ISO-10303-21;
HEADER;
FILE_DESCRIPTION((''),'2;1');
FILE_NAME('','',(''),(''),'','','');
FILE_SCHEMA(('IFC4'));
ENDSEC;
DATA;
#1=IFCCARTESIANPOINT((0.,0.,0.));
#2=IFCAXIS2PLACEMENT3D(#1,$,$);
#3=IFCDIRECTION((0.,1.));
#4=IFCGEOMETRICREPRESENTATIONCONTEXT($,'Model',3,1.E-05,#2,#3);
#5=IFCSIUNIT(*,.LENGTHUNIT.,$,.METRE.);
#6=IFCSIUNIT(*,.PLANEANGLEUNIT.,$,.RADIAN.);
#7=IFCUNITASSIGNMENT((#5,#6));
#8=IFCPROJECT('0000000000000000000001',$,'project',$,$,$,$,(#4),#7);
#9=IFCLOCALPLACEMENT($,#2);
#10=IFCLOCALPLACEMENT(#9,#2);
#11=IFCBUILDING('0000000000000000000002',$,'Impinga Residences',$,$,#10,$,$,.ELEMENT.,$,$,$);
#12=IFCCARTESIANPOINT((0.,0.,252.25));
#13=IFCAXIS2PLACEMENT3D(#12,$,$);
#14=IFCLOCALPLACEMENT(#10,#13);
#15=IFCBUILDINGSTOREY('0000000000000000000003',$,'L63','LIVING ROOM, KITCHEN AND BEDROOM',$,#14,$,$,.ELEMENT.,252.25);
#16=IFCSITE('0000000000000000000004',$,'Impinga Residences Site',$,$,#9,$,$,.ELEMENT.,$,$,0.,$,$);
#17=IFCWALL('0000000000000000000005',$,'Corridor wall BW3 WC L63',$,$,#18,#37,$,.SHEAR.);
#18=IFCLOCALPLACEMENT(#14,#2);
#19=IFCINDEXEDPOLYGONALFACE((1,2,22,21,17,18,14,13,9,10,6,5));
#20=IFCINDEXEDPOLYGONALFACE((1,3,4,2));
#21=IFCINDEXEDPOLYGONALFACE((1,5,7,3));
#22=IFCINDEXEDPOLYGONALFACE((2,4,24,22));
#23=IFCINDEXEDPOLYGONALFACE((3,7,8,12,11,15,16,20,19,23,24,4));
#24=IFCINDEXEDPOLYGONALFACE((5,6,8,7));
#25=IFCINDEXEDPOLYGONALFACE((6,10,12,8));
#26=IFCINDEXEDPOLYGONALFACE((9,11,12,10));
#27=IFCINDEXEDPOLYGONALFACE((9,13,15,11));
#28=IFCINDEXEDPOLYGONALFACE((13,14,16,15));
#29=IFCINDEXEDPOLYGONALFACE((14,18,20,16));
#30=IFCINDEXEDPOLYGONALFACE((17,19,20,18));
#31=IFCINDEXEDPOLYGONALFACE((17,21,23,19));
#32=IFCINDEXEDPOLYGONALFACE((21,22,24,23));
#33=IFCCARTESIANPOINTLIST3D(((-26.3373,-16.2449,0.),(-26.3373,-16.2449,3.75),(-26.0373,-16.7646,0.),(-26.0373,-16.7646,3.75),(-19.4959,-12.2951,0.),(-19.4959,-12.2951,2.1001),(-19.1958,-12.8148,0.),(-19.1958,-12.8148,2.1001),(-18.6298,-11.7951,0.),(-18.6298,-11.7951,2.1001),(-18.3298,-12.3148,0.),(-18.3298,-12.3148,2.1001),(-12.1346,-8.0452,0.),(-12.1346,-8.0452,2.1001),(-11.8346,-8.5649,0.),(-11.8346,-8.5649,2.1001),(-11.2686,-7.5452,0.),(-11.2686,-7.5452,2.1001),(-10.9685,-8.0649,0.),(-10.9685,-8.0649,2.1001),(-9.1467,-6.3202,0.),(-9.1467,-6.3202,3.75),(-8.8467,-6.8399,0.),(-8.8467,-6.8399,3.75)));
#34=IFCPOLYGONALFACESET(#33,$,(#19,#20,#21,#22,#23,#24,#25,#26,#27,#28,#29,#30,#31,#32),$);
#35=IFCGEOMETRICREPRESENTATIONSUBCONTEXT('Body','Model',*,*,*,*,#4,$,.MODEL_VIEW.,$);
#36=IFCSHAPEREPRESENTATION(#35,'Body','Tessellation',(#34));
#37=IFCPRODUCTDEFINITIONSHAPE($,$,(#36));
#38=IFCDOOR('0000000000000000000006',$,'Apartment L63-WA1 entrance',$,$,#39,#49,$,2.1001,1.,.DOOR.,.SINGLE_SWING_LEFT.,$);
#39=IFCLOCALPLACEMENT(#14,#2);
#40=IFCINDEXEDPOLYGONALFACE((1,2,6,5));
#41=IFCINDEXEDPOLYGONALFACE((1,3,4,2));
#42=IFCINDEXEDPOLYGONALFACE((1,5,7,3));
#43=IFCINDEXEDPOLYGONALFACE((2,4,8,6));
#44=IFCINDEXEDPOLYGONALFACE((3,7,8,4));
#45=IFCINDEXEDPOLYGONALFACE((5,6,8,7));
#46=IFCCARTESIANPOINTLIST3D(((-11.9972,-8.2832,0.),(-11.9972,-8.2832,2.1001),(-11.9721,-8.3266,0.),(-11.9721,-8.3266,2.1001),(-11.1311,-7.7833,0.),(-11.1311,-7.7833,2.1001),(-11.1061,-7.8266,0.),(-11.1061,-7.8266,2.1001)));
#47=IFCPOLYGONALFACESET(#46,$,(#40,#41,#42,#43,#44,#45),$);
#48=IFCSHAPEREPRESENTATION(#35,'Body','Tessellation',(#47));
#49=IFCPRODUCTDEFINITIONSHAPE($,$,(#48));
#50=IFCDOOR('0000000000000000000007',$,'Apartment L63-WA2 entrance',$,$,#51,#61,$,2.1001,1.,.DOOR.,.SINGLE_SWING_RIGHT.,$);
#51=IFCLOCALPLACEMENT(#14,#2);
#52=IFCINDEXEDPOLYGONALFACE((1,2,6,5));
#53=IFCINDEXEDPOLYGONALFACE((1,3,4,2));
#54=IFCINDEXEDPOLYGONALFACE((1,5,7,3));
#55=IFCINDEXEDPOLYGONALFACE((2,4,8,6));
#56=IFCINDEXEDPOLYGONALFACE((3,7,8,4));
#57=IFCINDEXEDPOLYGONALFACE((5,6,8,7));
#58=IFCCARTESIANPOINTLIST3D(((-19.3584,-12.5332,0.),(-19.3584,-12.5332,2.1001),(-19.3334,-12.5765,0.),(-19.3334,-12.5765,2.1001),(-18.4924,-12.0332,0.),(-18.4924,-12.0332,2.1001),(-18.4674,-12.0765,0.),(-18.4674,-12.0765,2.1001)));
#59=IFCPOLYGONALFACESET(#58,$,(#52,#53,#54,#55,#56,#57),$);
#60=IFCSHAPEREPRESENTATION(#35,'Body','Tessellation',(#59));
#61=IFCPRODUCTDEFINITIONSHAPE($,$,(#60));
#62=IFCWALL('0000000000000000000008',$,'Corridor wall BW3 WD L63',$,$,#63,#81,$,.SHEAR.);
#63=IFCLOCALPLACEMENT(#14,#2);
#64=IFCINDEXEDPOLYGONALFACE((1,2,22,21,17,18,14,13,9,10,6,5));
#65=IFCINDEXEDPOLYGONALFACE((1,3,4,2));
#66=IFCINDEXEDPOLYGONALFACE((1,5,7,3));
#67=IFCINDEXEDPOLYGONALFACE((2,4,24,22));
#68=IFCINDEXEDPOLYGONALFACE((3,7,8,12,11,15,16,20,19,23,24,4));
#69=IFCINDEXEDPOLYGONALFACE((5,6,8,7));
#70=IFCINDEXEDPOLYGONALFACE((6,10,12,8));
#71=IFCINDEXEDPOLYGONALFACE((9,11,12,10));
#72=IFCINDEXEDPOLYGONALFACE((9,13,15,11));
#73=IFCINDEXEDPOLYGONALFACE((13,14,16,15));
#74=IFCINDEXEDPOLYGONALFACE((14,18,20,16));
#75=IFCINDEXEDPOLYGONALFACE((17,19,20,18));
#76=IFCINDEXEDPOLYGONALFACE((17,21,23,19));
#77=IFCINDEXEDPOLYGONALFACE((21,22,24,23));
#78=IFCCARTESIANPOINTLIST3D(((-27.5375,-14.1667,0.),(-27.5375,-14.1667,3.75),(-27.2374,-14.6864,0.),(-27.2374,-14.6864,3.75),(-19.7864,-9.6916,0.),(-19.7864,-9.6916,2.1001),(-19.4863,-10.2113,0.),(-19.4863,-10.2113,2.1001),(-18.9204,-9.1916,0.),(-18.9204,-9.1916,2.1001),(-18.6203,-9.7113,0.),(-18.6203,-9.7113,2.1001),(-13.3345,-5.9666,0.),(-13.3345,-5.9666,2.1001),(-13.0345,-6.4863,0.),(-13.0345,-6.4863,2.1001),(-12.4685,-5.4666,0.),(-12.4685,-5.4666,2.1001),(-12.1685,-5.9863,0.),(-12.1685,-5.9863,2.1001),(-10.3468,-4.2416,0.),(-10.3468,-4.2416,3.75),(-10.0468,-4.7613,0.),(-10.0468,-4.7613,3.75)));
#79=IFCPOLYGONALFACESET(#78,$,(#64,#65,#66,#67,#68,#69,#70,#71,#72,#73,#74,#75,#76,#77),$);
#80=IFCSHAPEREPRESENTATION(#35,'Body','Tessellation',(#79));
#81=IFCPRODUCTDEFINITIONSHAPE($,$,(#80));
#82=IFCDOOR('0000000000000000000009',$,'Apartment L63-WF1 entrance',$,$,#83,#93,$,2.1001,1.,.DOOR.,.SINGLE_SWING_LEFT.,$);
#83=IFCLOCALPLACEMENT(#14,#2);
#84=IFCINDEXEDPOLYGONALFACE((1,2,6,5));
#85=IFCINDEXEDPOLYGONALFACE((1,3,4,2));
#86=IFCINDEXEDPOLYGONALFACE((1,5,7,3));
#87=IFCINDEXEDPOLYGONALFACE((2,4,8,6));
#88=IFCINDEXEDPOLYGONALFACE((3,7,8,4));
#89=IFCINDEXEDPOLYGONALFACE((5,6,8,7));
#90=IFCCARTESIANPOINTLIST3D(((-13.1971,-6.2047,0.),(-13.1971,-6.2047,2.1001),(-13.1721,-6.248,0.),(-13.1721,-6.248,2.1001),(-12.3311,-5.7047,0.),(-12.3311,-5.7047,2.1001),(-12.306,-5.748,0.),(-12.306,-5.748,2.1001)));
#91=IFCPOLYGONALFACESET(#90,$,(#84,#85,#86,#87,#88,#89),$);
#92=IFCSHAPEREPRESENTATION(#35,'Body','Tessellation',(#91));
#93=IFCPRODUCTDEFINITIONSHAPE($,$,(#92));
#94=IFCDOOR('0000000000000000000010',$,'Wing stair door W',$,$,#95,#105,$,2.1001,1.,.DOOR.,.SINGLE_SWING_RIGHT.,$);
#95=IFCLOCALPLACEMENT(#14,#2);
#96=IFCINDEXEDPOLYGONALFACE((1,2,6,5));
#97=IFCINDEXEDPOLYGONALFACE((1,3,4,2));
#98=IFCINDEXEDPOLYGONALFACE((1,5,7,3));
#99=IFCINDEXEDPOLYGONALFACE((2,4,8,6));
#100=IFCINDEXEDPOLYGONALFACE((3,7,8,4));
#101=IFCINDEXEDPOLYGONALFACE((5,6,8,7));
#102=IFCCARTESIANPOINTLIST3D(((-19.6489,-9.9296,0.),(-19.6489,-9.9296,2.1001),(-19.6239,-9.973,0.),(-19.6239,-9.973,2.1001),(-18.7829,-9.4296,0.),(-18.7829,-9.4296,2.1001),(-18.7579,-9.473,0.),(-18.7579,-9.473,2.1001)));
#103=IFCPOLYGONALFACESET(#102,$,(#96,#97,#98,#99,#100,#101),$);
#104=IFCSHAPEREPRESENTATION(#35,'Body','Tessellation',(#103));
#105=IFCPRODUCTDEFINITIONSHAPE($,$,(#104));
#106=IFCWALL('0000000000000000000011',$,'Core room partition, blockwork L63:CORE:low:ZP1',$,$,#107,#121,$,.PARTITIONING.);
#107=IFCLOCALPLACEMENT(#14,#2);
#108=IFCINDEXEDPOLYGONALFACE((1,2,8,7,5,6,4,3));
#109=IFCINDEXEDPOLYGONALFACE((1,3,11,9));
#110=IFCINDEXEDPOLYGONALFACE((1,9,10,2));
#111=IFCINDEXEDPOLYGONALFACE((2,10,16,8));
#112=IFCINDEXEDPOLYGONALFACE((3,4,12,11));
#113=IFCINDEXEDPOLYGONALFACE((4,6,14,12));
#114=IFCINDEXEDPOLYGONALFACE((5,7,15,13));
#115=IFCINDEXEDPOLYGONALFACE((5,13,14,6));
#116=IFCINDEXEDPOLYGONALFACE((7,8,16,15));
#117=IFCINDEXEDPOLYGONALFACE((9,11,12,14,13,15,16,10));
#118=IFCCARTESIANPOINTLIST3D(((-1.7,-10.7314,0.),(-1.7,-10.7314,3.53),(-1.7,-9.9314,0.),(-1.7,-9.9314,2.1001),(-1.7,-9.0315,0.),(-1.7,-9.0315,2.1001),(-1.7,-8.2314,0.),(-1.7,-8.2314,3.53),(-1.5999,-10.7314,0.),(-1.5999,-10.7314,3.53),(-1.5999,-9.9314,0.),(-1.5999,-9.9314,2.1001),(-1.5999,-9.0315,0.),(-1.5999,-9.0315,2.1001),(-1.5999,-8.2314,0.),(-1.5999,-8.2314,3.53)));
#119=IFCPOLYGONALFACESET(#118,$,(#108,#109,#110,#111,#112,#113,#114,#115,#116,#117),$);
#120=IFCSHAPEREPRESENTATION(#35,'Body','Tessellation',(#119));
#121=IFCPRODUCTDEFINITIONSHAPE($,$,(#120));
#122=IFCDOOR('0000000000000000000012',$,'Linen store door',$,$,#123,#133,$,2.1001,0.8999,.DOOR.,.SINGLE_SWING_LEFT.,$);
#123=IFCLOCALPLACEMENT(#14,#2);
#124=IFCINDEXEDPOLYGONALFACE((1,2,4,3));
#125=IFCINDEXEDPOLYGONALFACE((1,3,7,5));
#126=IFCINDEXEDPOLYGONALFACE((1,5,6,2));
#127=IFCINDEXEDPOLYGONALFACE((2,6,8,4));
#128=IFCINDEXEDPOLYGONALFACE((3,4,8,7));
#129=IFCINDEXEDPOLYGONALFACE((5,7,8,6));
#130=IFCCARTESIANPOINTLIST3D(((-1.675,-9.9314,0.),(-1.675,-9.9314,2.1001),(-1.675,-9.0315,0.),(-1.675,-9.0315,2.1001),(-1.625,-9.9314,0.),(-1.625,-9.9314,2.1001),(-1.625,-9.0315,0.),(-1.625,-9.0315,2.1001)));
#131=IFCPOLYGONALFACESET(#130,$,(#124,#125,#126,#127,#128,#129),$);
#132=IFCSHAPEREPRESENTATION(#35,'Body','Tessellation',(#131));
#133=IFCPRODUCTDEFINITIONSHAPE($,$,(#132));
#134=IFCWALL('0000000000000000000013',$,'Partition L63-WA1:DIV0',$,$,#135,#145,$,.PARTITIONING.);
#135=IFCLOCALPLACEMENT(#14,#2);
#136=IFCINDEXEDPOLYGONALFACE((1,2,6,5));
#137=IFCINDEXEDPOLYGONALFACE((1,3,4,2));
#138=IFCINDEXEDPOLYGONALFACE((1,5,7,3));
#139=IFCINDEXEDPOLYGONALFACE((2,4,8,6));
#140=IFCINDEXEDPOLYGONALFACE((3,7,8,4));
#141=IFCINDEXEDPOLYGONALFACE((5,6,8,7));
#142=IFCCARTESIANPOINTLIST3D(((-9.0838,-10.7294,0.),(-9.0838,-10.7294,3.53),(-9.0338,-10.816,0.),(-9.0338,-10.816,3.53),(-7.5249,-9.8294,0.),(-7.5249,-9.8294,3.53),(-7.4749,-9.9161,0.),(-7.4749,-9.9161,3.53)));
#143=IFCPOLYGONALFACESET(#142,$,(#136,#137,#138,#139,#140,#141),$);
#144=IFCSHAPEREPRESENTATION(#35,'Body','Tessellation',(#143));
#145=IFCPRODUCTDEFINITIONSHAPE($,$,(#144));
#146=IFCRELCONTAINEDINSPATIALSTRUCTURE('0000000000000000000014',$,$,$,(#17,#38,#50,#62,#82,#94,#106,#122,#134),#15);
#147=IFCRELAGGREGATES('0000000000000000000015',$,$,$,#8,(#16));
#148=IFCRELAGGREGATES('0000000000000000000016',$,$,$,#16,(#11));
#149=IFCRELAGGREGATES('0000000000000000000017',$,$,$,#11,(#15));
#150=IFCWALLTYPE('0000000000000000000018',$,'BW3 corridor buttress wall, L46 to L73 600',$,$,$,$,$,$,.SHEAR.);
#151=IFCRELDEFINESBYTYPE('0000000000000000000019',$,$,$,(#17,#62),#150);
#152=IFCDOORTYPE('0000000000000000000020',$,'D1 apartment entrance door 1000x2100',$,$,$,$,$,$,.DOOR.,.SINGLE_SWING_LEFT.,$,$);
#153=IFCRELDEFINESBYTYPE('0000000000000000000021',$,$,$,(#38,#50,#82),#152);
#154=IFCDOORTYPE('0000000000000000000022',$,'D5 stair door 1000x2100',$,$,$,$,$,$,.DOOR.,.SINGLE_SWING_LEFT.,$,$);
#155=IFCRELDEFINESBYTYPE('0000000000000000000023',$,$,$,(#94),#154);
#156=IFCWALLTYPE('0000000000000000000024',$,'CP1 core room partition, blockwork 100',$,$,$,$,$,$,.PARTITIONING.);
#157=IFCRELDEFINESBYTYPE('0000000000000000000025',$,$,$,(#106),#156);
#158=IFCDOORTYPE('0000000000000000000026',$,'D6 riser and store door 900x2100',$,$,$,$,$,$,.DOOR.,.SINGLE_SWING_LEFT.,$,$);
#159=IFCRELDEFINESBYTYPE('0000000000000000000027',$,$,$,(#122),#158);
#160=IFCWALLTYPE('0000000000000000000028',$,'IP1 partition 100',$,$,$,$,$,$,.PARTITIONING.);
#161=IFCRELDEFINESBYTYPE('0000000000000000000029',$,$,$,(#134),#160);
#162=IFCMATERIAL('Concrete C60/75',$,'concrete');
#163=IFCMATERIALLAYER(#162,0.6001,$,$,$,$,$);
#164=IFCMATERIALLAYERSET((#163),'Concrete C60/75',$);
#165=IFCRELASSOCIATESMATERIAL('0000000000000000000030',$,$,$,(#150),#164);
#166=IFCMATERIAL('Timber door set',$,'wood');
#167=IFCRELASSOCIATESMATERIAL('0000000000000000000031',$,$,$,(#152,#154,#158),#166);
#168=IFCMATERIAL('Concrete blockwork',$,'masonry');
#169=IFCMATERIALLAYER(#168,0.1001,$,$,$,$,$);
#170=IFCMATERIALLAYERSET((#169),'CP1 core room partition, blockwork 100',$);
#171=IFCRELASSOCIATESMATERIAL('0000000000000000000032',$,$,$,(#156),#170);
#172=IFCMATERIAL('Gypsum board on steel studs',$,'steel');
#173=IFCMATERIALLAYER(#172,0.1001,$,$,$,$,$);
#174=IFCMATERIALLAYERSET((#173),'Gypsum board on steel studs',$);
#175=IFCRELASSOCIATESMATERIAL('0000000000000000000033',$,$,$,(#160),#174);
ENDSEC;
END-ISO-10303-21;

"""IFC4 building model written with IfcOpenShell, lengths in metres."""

from ifc_helpers import new_model, si_unit, direction, frame, frame_2d, origin, place, context, subcontext, project, spatial, rectangle, extrude, material, layer, layer_set, type_object, element, fill, save


model = new_model("IFC4")

# Units and contexts
model_context = context("Model", 3, precision=1e-05, world=origin(), true_north=direction((0.0, 1.0)))
body_context = subcontext(model_context, "Body", "Model", "MODEL_VIEW")
ifc_project = project(units=[si_unit("LENGTHUNIT", "METRE"), si_unit("PLANEANGLEUNIT", "RADIAN")], contexts=[model_context])

# Site, building, storey
site_placement = place(None, origin())
site = spatial("IfcSite", under=ifc_project, at=site_placement, Name="Impinga Residences Site", CompositionType="ELEMENT", RefElevation=0.0)
building_placement = place(site_placement, origin())
building = spatial("IfcBuilding", under=site, at=building_placement, Name="Impinga Residences", CompositionType="ELEMENT")
storey_placement = place(building_placement, frame((0.0, 0.0, 252.25)))
storey = spatial("IfcBuildingStorey", under=building, at=storey_placement, Name="L63", Description="LIVING ROOM, KITCHEN AND BEDROOM", CompositionType="ELEMENT", Elevation=252.25)

# Walls, openings, doors
ifc_material_1 = material(Name="Concrete C60/75", Category="concrete")
ifc_layer_1 = layer(ifc_material_1, 0.6001)
ifc_layer_set_1 = layer_set([ifc_layer_1], Name="Concrete C60/75")
wall_type_1 = type_object("IfcWallType", Name="BW3 corridor buttress wall, L46 to L73 600", PredefinedType="SHEAR", material=ifc_layer_set_1)
wall_1_placement = place(storey_placement, frame((-8.9968, -6.5801, 0.0), z_axis=(0.0, 0.0, 1.0), x_axis=(-0.866031, -0.499991, 0.0)))
wall_1 = element("IfcWall", 1, at=wall_1_placement, inside=storey, type_object=wall_type_1, Name="Corridor wall BW3 WC L63", PredefinedType="SHEAR", context=body_context, shape_type="SweptSolid", body=[
    extrude(rectangle(XDim=19.8499, YDim=0.6001, at=frame_2d((9.9248, 0.0))), origin(), (0.0, 0.0, 1.0), 3.75),
])
opening_1_placement = place(wall_1_placement, frame((2.45, 0.0, 0.0)))
opening_1 = element("IfcOpeningElement", 2, at=opening_1_placement, cuts=wall_1, PredefinedType="OPENING", context=body_context, shape_type="SweptSolid", body=[
    extrude(rectangle(XDim=1.0, YDim=2.1001, at=frame_2d((0.5, 1.05))), frame((0.0, 0.3101, 0.0), z_axis=(0.0, -1.0, 0.0), x_axis=(1.0, 0.0, 0.0)), (0.0, 0.0, 1.0), 0.6201),
])
opening_2_placement = place(wall_1_placement, frame((10.95, 0.0, 0.0)))
opening_2 = element("IfcOpeningElement", 3, at=opening_2_placement, cuts=wall_1, PredefinedType="OPENING", context=body_context, shape_type="SweptSolid", body=[
    extrude(rectangle(XDim=1.0, YDim=2.1001, at=frame_2d((0.5, 1.05))), frame((0.0, 0.3101, 0.0), z_axis=(0.0, -1.0, 0.0), x_axis=(1.0, 0.0, 0.0)), (0.0, 0.0, 1.0), 0.6201),
])
ifc_material_2 = material(Name="Timber door set", Category="wood")
door_type_1 = type_object("IfcDoorType", Name="D1 apartment entrance door 1000x2100", OperationType="SINGLE_SWING_LEFT", PredefinedType="DOOR", material=ifc_material_2)
door_1_placement = place(opening_1_placement, origin())
door_1 = element("IfcDoor", 4, at=door_1_placement, inside=storey, type_object=door_type_1, Name="Apartment L63-WA1 entrance", OperationType="SINGLE_SWING_LEFT", OverallHeight=2.1001, OverallWidth=1.0, PredefinedType="DOOR", context=body_context, shape_type="SweptSolid", body=[
    extrude(rectangle(XDim=1.0, YDim=2.1001, at=frame_2d((0.5, 1.05))), frame((0.0, 0.0249, 0.0), z_axis=(0.0, -1.0, 0.0), x_axis=(1.0, 0.0, 0.0)), (0.0, 0.0, 1.0), 0.05),
])
fill(opening_1, door_1)
door_2_placement = place(opening_2_placement, origin())
door_2 = element("IfcDoor", 5, at=door_2_placement, inside=storey, type_object=door_type_1, Name="Apartment L63-WA2 entrance", OperationType="SINGLE_SWING_RIGHT", OverallHeight=2.1001, OverallWidth=1.0, PredefinedType="DOOR", context=body_context, shape_type="SweptSolid", body=[
    extrude(rectangle(XDim=1.0, YDim=2.1001, at=frame_2d((0.5, 1.05))), frame((0.0, 0.0249, 0.0), z_axis=(0.0, -1.0, 0.0), x_axis=(1.0, 0.0, 0.0)), (0.0, 0.0, 1.0), 0.05),
])
fill(opening_2, door_2)
wall_2_placement = place(storey_placement, frame((-10.1968, -4.5015, 0.0), z_axis=(0.0, 0.0, 1.0), x_axis=(-0.866025, -0.5, 0.0)))
wall_2 = element("IfcWall", 6, at=wall_2_placement, inside=storey, type_object=wall_type_1, Name="Corridor wall BW3 WD L63", PredefinedType="SHEAR", context=body_context, shape_type="SweptSolid", body=[
    extrude(rectangle(XDim=19.8501, YDim=0.6001, at=frame_2d((9.925, 0.0))), origin(), (0.0, 0.0, 1.0), 3.75),
])
opening_3_placement = place(wall_2_placement, frame((9.8999, 0.0, 0.0)))
opening_3 = element("IfcOpeningElement", 7, at=opening_3_placement, cuts=wall_2, PredefinedType="OPENING", context=body_context, shape_type="SweptSolid", body=[
    extrude(rectangle(XDim=1.0, YDim=2.1001, at=frame_2d((0.5, 1.05))), frame((0.0, 0.3101, 0.0), z_axis=(0.0, -1.0, 0.0), x_axis=(1.0, 0.0, 0.0)), (0.0, 0.0, 1.0), 0.6201),
])
opening_4_placement = place(wall_2_placement, frame((2.45, 0.0, 0.0)))
opening_4 = element("IfcOpeningElement", 8, at=opening_4_placement, cuts=wall_2, PredefinedType="OPENING", context=body_context, shape_type="SweptSolid", body=[
    extrude(rectangle(XDim=1.0, YDim=2.1001, at=frame_2d((0.5, 1.05))), frame((0.0, 0.3101, 0.0), z_axis=(0.0, -1.0, 0.0), x_axis=(1.0, 0.0, 0.0)), (0.0, 0.0, 1.0), 0.6201),
])
door_3_placement = place(opening_4_placement, origin())
door_3 = element("IfcDoor", 9, at=door_3_placement, inside=storey, type_object=door_type_1, Name="Apartment L63-WF1 entrance", OperationType="SINGLE_SWING_LEFT", OverallHeight=2.1001, OverallWidth=1.0, PredefinedType="DOOR", context=body_context, shape_type="SweptSolid", body=[
    extrude(rectangle(XDim=1.0, YDim=2.1001, at=frame_2d((0.5, 1.05))), frame((0.0, 0.0249, 0.0), z_axis=(0.0, -1.0, 0.0), x_axis=(1.0, 0.0, 0.0)), (0.0, 0.0, 1.0), 0.05),
])
fill(opening_4, door_3)
door_type_2 = type_object("IfcDoorType", Name="D5 stair door 1000x2100", OperationType="SINGLE_SWING_LEFT", PredefinedType="DOOR", material=ifc_material_2)
door_4_placement = place(opening_3_placement, origin())
door_4 = element("IfcDoor", 10, at=door_4_placement, inside=storey, type_object=door_type_2, Name="Wing stair door W", OperationType="SINGLE_SWING_RIGHT", OverallHeight=2.1001, OverallWidth=1.0, PredefinedType="DOOR", context=body_context, shape_type="SweptSolid", body=[
    extrude(rectangle(XDim=1.0, YDim=2.1001, at=frame_2d((0.5, 1.05))), frame((0.0, 0.0249, 0.0), z_axis=(0.0, -1.0, 0.0), x_axis=(1.0, 0.0, 0.0)), (0.0, 0.0, 1.0), 0.05),
])
fill(opening_3, door_4)

# Wall, opening, door
ifc_material_3 = material(Name="Concrete blockwork", Category="masonry")
ifc_layer_2 = layer(ifc_material_3, 0.1001)
ifc_layer_set_2 = layer_set([ifc_layer_2], Name="CP1 core room partition, blockwork 100")
wall_type_2 = type_object("IfcWallType", Name="CP1 core room partition, blockwork 100", PredefinedType="PARTITIONING", material=ifc_layer_set_2)
wall_3_placement = place(storey_placement, frame((-1.6499, -8.2314, 0.0), z_axis=(0.0, 0.0, 1.0), x_axis=(0.0, -1.0, 0.0)))
wall_3 = element("IfcWall", 11, at=wall_3_placement, inside=storey, type_object=wall_type_2, Name="Core room partition, blockwork L63:CORE:low:ZP1", PredefinedType="PARTITIONING", context=body_context, shape_type="SweptSolid", body=[
    extrude(rectangle(XDim=2.5, YDim=0.1001, at=frame_2d((1.25, 0.0))), origin(), (0.0, 0.0, 1.0), 3.53),
])
opening_5_placement = place(wall_3_placement, frame((0.8, 0.0, 0.0)))
opening_5 = element("IfcOpeningElement", 12, at=opening_5_placement, cuts=wall_3, PredefinedType="OPENING", context=body_context, shape_type="SweptSolid", body=[
    extrude(rectangle(XDim=0.8999, YDim=2.1001, at=frame_2d((0.45, 1.05))), frame((0.0, 0.0601, 0.0), z_axis=(0.0, -1.0, 0.0), x_axis=(1.0, 0.0, 0.0)), (0.0, 0.0, 1.0), 0.1201),
])
door_type_3 = type_object("IfcDoorType", Name="D6 riser and store door 900x2100", OperationType="SINGLE_SWING_LEFT", PredefinedType="DOOR", material=ifc_material_2)
door_5_placement = place(opening_5_placement, origin())
door_5 = element("IfcDoor", 13, at=door_5_placement, inside=storey, type_object=door_type_3, Name="Linen store door", OperationType="SINGLE_SWING_LEFT", OverallHeight=2.1001, OverallWidth=0.8999, PredefinedType="DOOR", context=body_context, shape_type="SweptSolid", body=[
    extrude(rectangle(XDim=0.8999, YDim=2.1001, at=frame_2d((0.45, 1.05))), frame((0.0, 0.0249, 0.0), z_axis=(0.0, -1.0, 0.0), x_axis=(1.0, 0.0, 0.0)), (0.0, 0.0, 1.0), 0.05),
])
fill(opening_5, door_5)

# Wall
ifc_material_4 = material(Name="Gypsum board on steel studs", Category="steel")
ifc_layer_3 = layer(ifc_material_4, 0.1001)
ifc_layer_set_3 = layer_set([ifc_layer_3], Name="Gypsum board on steel studs")
wall_type_3 = type_object("IfcWallType", Name="IP1 partition 100", PredefinedType="PARTITIONING", material=ifc_layer_set_3)
wall_4_placement = place(storey_placement, frame((-7.5, -9.8728, 0.0), z_axis=(0.0, 0.0, 1.0), x_axis=(-0.866048, -0.499961, 0.0)))
element("IfcWall", 14, at=wall_4_placement, inside=storey, type_object=wall_type_3, Name="Partition L63-WA1:DIV0", PredefinedType="PARTITIONING", context=body_context, shape_type="SweptSolid", body=[
    extrude(rectangle(XDim=1.8, YDim=0.1001, at=frame_2d((0.8999, 0.0))), origin(), (0.0, 0.0, 1.0), 3.53),
])

save(model, "model.ifc")
